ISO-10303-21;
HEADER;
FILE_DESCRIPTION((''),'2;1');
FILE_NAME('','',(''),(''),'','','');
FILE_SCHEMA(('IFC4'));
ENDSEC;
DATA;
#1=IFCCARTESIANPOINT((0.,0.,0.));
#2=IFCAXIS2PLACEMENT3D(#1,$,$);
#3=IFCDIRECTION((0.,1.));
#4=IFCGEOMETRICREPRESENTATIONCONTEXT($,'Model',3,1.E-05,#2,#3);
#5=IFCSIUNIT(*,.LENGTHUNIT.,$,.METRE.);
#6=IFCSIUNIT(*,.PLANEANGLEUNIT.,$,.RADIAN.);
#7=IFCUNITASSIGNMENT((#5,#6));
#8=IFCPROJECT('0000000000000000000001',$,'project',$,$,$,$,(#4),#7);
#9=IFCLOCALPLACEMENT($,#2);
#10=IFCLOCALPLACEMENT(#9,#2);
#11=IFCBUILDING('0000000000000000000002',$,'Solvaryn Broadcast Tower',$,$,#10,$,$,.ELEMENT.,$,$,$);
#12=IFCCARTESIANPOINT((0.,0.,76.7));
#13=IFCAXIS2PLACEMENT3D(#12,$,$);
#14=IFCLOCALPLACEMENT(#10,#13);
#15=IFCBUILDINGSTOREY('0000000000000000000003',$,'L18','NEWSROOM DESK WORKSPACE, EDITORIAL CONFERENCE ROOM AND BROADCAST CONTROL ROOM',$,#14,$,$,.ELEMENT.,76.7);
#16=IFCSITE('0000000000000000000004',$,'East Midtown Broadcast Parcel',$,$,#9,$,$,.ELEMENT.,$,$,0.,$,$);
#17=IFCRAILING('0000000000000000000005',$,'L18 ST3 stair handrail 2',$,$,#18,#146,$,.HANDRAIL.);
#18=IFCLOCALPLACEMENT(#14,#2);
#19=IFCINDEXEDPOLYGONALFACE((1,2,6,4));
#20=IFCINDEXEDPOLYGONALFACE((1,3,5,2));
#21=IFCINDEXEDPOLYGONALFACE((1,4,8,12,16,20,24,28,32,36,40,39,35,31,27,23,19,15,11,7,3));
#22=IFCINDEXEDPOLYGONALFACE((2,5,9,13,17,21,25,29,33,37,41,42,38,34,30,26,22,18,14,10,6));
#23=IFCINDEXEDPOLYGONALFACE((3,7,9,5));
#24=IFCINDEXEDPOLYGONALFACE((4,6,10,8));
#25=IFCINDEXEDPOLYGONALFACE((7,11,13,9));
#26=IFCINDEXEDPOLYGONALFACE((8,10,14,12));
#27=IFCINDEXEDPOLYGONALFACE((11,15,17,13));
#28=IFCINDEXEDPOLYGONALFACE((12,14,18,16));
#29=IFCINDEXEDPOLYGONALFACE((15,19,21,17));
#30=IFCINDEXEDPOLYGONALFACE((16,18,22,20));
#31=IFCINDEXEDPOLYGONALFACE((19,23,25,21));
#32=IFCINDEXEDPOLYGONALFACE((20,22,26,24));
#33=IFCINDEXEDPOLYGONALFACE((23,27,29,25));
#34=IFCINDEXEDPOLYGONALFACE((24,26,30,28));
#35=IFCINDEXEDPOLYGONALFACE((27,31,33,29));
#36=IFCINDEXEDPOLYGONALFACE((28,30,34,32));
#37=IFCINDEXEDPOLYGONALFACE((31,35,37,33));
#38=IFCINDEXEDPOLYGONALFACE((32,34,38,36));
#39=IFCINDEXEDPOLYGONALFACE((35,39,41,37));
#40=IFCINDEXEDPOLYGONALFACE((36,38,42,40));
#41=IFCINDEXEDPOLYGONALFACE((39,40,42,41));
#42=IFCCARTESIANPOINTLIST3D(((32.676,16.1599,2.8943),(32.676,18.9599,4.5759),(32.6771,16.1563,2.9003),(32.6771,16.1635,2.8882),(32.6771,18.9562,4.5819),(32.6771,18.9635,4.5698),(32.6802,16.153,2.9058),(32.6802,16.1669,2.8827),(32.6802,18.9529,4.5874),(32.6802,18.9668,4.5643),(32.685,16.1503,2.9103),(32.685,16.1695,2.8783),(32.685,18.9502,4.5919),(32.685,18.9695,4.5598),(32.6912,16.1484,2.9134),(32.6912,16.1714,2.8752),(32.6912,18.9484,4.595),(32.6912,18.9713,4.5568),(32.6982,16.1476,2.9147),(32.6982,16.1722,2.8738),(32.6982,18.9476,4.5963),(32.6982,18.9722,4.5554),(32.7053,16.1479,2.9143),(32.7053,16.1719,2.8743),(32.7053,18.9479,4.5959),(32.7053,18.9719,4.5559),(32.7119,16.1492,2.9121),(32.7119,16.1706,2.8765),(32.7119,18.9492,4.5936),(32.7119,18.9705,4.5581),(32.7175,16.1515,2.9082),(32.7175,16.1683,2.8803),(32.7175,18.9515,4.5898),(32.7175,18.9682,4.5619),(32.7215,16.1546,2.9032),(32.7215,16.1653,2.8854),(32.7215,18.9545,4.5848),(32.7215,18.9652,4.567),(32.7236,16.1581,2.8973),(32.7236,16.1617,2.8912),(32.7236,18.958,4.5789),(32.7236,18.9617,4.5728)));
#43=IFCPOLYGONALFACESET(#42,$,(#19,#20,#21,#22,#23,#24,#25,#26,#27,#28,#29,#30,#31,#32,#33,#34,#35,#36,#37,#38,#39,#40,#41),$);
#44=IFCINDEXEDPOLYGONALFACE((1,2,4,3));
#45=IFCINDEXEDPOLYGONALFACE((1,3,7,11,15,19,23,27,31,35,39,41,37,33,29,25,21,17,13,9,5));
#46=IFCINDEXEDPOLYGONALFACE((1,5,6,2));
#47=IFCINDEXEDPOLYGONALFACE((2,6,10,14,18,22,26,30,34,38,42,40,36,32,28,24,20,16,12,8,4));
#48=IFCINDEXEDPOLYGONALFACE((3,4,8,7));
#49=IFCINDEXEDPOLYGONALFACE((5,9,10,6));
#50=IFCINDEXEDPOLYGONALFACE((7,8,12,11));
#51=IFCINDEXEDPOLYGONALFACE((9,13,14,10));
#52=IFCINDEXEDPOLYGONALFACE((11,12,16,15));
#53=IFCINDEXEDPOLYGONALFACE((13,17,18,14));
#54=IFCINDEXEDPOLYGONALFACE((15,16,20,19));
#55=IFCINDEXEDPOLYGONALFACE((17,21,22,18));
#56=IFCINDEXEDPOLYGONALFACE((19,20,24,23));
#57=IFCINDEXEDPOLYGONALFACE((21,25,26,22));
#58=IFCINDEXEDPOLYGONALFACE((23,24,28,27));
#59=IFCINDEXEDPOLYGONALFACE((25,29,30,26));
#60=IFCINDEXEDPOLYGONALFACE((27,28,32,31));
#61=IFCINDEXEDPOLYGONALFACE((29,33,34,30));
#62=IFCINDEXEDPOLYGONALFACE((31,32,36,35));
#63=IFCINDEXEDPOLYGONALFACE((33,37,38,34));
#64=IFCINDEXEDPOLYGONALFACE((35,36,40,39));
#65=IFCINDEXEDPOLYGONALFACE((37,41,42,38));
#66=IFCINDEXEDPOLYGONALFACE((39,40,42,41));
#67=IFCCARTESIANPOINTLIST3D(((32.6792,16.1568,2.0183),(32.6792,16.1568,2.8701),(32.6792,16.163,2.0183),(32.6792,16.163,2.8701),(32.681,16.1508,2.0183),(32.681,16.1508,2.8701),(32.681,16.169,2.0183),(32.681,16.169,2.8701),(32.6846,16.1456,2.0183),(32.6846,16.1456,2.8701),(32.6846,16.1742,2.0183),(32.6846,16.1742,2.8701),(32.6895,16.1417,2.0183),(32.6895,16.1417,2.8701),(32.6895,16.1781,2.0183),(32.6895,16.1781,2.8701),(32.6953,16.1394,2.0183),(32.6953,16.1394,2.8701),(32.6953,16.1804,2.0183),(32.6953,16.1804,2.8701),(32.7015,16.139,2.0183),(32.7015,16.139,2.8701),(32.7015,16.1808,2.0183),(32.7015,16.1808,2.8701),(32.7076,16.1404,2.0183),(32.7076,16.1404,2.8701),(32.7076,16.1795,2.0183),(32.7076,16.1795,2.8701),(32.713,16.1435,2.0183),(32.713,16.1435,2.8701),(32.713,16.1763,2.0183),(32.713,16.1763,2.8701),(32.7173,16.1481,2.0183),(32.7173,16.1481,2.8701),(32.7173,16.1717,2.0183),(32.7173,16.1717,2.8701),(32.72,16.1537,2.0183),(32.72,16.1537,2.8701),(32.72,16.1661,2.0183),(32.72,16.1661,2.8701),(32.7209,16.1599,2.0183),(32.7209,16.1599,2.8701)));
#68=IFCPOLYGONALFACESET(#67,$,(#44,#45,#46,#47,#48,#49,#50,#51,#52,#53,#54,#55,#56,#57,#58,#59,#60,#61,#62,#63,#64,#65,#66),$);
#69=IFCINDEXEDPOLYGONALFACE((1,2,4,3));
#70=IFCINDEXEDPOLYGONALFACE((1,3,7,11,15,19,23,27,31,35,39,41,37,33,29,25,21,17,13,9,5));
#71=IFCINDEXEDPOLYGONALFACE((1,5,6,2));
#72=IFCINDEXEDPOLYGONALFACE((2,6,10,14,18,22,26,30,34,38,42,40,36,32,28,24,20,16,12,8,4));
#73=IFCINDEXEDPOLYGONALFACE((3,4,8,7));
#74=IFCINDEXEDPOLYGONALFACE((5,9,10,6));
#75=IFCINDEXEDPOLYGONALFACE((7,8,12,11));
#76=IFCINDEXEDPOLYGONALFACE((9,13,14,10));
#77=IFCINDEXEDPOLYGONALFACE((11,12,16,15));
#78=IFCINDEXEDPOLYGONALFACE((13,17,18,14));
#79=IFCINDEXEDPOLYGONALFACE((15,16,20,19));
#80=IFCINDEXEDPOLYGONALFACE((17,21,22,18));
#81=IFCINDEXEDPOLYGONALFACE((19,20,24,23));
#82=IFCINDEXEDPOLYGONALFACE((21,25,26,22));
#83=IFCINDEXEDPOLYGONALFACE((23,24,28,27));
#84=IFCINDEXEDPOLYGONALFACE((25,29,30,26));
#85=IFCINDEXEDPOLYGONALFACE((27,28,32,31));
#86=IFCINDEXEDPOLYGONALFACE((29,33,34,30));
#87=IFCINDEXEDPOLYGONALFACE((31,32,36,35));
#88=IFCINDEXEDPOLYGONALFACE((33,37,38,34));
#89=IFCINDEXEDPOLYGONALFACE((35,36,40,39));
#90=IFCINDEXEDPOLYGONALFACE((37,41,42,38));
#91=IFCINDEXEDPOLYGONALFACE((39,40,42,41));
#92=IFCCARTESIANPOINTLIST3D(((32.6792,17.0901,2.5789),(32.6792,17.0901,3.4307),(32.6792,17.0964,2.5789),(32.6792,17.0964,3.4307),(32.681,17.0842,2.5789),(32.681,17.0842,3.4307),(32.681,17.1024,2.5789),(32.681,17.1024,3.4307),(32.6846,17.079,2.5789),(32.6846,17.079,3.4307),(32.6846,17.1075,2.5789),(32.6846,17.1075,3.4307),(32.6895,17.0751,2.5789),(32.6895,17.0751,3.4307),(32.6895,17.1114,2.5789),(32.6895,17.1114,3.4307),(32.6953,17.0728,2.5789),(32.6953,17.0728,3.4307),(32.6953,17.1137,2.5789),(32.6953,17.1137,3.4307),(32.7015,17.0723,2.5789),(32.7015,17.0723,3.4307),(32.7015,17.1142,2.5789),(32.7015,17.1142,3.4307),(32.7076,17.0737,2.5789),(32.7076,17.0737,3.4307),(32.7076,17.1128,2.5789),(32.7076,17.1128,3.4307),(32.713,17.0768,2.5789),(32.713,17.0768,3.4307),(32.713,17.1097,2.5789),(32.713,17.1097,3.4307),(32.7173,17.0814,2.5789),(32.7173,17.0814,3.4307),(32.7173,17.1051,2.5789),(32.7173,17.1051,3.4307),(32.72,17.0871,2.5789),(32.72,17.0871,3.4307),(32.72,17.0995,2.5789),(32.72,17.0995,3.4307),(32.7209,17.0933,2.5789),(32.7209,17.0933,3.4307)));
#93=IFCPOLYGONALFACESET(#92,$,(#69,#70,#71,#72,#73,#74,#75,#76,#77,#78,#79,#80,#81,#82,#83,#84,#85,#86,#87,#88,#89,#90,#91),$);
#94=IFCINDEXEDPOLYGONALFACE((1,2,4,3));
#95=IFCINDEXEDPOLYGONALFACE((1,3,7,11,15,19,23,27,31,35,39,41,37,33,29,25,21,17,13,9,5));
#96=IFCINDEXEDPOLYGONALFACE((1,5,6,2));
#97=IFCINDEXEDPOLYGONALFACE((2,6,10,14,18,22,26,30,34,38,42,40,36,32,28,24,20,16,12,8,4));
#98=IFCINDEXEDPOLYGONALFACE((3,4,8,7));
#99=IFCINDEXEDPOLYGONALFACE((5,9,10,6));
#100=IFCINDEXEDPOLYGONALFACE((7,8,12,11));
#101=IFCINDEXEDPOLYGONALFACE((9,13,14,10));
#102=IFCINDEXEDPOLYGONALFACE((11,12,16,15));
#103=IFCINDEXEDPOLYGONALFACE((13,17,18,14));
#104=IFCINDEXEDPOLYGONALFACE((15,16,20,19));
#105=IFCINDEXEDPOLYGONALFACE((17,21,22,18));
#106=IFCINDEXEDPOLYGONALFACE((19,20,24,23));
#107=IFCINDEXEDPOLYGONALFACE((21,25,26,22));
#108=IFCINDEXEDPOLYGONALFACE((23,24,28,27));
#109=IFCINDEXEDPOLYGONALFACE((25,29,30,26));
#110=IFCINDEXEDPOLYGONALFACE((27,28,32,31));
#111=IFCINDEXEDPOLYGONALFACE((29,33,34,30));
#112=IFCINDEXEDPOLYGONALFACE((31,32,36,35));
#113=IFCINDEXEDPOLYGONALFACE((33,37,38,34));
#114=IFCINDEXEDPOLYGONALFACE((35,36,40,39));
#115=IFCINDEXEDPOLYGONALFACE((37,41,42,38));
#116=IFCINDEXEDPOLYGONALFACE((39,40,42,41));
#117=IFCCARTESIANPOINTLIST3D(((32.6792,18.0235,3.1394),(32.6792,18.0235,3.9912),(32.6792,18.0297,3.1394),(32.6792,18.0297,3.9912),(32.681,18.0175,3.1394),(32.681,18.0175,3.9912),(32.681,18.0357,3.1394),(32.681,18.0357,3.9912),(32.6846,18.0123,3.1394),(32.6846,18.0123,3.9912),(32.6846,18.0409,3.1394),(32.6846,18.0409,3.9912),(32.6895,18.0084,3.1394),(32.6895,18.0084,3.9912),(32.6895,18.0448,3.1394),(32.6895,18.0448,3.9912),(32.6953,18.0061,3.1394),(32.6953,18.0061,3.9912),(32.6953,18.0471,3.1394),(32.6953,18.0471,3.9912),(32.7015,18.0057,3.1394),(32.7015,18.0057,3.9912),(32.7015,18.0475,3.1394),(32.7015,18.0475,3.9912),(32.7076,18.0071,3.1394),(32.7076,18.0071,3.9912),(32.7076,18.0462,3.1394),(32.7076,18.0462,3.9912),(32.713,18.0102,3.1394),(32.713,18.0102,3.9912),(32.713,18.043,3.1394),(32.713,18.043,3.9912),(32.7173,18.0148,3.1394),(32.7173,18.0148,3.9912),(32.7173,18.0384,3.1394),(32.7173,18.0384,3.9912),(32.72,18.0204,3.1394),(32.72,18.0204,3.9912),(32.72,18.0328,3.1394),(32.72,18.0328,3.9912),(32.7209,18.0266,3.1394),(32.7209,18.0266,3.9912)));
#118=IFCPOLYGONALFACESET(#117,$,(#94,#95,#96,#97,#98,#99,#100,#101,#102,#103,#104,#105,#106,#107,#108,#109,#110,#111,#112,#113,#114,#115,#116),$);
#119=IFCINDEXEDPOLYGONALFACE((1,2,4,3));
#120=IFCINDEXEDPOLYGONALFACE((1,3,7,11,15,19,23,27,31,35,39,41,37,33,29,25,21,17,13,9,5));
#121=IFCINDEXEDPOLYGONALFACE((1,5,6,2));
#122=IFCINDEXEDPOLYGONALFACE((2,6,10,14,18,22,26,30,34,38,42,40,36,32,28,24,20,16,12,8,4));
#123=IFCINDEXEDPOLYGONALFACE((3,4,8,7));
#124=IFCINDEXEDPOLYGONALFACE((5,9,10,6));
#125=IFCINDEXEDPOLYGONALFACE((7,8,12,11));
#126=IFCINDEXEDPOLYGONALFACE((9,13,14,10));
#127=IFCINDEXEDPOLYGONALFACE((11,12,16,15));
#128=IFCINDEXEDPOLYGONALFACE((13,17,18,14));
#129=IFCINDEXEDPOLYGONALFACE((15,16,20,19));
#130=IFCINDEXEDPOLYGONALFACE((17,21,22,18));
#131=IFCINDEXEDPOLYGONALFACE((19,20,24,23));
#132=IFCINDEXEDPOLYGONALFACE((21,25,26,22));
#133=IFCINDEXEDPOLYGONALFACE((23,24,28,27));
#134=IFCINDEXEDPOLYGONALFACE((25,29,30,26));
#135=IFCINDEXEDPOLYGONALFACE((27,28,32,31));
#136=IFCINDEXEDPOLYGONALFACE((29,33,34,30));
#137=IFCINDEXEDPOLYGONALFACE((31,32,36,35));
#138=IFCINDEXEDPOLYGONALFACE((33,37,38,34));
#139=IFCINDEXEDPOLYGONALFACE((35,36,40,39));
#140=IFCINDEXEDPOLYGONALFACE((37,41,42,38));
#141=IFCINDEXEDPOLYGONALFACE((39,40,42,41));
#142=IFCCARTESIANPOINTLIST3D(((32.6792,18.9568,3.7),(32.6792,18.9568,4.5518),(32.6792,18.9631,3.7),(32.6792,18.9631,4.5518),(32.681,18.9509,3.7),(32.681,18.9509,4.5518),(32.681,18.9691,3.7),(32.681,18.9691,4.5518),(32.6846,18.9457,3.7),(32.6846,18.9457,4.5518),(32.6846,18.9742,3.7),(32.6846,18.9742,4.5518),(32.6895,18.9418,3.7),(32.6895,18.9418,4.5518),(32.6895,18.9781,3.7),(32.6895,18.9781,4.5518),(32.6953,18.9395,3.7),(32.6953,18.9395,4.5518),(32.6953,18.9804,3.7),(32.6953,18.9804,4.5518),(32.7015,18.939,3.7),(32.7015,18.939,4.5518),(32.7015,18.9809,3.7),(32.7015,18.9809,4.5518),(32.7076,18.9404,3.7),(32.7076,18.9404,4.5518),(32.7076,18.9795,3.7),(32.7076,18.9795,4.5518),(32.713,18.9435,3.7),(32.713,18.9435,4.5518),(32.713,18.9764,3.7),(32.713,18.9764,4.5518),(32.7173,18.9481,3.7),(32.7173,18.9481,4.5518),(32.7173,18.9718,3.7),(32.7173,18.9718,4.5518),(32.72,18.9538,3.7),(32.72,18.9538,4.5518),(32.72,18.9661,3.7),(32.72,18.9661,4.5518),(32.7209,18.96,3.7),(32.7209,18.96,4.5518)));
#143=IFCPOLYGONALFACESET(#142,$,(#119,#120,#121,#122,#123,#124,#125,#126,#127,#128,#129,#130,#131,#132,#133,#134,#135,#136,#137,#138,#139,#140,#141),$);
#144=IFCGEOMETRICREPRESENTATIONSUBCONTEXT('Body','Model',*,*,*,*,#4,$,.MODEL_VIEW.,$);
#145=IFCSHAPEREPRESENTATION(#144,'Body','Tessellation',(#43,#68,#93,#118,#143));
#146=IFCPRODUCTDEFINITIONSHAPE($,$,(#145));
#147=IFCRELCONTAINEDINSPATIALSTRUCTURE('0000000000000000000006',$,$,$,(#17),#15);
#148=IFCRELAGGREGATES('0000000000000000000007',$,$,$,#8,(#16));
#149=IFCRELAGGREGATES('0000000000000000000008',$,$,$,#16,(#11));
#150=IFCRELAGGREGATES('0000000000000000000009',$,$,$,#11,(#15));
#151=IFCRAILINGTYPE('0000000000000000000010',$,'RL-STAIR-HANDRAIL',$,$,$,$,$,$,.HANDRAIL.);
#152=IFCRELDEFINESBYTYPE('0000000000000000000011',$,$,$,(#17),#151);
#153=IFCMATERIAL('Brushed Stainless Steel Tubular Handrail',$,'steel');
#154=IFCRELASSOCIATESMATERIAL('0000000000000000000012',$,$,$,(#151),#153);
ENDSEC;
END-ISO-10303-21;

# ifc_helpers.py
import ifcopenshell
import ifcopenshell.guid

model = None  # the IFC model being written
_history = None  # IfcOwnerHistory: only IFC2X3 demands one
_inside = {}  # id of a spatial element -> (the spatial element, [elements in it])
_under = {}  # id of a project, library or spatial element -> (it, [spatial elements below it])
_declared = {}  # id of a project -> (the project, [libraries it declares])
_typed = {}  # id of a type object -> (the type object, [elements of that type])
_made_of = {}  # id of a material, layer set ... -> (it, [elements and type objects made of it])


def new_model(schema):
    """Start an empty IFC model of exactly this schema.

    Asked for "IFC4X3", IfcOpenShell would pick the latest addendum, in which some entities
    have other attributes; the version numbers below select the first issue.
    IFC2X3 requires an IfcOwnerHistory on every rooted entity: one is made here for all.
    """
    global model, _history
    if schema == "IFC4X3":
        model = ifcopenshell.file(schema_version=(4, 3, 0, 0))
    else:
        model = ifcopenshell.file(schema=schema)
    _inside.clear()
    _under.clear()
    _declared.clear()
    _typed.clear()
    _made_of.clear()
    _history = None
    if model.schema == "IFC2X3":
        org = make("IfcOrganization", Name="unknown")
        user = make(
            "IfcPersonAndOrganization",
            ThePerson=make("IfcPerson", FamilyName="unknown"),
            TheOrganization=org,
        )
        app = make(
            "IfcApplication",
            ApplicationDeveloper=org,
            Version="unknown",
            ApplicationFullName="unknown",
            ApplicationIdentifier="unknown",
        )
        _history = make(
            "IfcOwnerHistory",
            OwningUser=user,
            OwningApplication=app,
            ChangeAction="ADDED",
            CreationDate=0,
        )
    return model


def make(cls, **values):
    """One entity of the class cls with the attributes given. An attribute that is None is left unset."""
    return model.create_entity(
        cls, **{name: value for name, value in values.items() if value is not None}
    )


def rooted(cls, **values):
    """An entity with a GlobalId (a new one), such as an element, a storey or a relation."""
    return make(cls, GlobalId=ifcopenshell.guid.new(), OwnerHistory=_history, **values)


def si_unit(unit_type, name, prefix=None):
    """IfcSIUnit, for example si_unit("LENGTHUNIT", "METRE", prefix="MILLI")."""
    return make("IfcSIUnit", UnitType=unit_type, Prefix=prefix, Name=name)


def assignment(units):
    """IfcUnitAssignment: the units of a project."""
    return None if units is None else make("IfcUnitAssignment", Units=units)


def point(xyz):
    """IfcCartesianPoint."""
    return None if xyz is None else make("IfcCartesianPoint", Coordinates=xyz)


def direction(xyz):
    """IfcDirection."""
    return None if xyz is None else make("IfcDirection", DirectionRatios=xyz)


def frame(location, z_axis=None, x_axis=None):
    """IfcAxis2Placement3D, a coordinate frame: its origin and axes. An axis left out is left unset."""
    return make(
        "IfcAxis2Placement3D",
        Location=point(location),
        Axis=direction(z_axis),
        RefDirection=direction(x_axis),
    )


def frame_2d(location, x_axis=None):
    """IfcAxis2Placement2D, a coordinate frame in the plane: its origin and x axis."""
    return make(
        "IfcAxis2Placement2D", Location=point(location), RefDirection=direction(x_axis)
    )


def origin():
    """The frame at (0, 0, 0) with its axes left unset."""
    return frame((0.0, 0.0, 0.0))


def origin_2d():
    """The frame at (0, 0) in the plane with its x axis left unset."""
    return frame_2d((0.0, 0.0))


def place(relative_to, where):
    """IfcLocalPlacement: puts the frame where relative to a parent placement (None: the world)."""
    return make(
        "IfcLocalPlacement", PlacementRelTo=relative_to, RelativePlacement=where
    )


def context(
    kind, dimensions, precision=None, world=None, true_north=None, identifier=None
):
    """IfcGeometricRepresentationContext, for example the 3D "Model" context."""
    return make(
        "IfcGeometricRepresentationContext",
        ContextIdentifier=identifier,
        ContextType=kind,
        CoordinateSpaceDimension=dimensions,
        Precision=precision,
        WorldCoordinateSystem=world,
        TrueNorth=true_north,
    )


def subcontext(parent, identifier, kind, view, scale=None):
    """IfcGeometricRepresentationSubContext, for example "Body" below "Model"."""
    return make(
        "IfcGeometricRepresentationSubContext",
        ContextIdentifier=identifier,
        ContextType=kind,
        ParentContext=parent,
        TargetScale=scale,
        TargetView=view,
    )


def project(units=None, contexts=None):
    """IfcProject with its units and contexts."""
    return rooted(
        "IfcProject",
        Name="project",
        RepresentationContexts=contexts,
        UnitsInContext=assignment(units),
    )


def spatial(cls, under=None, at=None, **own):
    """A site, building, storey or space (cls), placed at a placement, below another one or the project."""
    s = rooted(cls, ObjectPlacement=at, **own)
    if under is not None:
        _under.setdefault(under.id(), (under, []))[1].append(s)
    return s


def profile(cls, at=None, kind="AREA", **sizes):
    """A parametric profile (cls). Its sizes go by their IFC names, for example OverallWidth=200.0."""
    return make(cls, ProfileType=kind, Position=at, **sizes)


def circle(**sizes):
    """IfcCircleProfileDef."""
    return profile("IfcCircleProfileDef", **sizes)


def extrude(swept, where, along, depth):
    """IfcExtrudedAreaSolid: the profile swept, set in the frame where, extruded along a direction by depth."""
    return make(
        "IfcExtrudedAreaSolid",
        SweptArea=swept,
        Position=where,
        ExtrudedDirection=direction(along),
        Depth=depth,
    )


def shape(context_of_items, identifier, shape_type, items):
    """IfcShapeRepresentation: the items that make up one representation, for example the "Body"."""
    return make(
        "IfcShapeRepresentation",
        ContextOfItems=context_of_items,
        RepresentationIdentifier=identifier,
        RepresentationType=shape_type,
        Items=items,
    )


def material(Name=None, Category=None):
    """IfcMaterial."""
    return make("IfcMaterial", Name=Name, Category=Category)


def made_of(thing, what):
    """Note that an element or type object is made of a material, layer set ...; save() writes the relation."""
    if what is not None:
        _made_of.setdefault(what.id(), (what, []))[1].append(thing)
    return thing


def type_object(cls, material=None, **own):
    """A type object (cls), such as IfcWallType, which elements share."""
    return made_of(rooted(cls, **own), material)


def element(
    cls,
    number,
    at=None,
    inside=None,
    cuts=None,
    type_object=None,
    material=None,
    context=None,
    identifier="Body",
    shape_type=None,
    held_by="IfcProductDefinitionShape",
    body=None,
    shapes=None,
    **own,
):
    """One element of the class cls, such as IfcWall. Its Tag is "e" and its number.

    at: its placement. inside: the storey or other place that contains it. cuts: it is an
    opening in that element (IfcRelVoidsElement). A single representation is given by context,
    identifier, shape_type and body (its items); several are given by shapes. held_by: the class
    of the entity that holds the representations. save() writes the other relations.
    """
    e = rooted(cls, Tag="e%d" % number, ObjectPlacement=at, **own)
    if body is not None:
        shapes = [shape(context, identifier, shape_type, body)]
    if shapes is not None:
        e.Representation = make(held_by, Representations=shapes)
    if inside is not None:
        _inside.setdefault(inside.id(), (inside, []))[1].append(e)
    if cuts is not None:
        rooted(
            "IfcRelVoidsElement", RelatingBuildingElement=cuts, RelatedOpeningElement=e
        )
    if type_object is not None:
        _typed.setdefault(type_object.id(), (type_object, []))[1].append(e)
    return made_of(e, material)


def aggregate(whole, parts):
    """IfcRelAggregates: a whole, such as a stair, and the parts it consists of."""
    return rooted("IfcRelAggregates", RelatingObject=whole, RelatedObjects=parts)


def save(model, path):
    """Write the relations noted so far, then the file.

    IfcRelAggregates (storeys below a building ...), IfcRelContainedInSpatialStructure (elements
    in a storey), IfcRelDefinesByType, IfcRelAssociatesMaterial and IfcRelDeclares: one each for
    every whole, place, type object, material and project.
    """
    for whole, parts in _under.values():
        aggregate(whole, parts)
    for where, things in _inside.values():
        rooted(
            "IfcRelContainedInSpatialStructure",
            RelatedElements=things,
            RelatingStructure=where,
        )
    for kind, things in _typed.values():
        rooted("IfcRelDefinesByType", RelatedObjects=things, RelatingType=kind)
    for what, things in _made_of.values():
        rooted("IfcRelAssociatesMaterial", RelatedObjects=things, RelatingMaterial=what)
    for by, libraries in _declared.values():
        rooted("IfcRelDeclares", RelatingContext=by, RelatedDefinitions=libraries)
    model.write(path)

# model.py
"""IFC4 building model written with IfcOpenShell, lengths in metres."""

from ifc_helpers import new_model, si_unit, direction, frame, origin, origin_2d, place, context, subcontext, project, spatial, circle, extrude, material, type_object, element, save


model = new_model("IFC4")

# Units and contexts
model_context = context("Model", 3, precision=1e-05, world=origin(), true_north=direction((0.0, 1.0)))
body_context = subcontext(model_context, "Body", "Model", "MODEL_VIEW")
ifc_project = project(units=[si_unit("LENGTHUNIT", "METRE"), si_unit("PLANEANGLEUNIT", "RADIAN")], contexts=[model_context])

# Site, building, storey
site_placement = place(None, origin())
site = spatial("IfcSite", under=ifc_project, at=site_placement, Name="East Midtown Broadcast Parcel", CompositionType="ELEMENT", RefElevation=0.0)
building_placement = place(site_placement, origin())
building = spatial("IfcBuilding", under=site, at=building_placement, Name="Solvaryn Broadcast Tower", CompositionType="ELEMENT")
storey_placement = place(building_placement, frame((0.0, 0.0, 76.7)))
storey = spatial("IfcBuildingStorey", under=building, at=storey_placement, Name="L18", Description="NEWSROOM DESK WORKSPACE, EDITORIAL CONFERENCE ROOM AND BROADCAST CONTROL ROOM", CompositionType="ELEMENT", Elevation=76.7)

# Railing
ifc_material_1 = material(Name="Brushed Stainless Steel Tubular Handrail", Category="steel")
railing_type_1 = type_object("IfcRailingType", Name="RL-STAIR-HANDRAIL", PredefinedType="HANDRAIL", material=ifc_material_1)
railing_1_placement = place(storey_placement, frame((32.7, 16.1599, 2.0183)))
element("IfcRailing", 1, at=railing_1_placement, inside=storey, type_object=railing_type_1, Name="L18 ST3 stair handrail 2", PredefinedType="HANDRAIL", context=body_context, shape_type="SweptSolid", body=[
    extrude(circle(Radius=0.0239, at=origin_2d()), frame((0.0, 0.0, 0.876), z_axis=(0.0, 0.857275, 0.514858), x_axis=(-1.0, 0.0, 0.0)), (0.0, 0.0, 1.0), 3.2661),
    extrude(circle(Radius=0.021, at=origin_2d()), origin(), (0.0, 0.0, 1.0), 0.8518),
    extrude(circle(Radius=0.021, at=origin_2d()), frame((0.0, 0.9333, 0.5605)), (0.0, 0.0, 1.0), 0.8518),
    extrude(circle(Radius=0.021, at=origin_2d()), frame((0.0, 1.8667, 1.1211)), (0.0, 0.0, 1.0), 0.8518),
    extrude(circle(Radius=0.021, at=origin_2d()), frame((0.0, 2.8, 1.6816)), (0.0, 0.0, 1.0), 0.8518),
])

save(model, "model.ifc")
